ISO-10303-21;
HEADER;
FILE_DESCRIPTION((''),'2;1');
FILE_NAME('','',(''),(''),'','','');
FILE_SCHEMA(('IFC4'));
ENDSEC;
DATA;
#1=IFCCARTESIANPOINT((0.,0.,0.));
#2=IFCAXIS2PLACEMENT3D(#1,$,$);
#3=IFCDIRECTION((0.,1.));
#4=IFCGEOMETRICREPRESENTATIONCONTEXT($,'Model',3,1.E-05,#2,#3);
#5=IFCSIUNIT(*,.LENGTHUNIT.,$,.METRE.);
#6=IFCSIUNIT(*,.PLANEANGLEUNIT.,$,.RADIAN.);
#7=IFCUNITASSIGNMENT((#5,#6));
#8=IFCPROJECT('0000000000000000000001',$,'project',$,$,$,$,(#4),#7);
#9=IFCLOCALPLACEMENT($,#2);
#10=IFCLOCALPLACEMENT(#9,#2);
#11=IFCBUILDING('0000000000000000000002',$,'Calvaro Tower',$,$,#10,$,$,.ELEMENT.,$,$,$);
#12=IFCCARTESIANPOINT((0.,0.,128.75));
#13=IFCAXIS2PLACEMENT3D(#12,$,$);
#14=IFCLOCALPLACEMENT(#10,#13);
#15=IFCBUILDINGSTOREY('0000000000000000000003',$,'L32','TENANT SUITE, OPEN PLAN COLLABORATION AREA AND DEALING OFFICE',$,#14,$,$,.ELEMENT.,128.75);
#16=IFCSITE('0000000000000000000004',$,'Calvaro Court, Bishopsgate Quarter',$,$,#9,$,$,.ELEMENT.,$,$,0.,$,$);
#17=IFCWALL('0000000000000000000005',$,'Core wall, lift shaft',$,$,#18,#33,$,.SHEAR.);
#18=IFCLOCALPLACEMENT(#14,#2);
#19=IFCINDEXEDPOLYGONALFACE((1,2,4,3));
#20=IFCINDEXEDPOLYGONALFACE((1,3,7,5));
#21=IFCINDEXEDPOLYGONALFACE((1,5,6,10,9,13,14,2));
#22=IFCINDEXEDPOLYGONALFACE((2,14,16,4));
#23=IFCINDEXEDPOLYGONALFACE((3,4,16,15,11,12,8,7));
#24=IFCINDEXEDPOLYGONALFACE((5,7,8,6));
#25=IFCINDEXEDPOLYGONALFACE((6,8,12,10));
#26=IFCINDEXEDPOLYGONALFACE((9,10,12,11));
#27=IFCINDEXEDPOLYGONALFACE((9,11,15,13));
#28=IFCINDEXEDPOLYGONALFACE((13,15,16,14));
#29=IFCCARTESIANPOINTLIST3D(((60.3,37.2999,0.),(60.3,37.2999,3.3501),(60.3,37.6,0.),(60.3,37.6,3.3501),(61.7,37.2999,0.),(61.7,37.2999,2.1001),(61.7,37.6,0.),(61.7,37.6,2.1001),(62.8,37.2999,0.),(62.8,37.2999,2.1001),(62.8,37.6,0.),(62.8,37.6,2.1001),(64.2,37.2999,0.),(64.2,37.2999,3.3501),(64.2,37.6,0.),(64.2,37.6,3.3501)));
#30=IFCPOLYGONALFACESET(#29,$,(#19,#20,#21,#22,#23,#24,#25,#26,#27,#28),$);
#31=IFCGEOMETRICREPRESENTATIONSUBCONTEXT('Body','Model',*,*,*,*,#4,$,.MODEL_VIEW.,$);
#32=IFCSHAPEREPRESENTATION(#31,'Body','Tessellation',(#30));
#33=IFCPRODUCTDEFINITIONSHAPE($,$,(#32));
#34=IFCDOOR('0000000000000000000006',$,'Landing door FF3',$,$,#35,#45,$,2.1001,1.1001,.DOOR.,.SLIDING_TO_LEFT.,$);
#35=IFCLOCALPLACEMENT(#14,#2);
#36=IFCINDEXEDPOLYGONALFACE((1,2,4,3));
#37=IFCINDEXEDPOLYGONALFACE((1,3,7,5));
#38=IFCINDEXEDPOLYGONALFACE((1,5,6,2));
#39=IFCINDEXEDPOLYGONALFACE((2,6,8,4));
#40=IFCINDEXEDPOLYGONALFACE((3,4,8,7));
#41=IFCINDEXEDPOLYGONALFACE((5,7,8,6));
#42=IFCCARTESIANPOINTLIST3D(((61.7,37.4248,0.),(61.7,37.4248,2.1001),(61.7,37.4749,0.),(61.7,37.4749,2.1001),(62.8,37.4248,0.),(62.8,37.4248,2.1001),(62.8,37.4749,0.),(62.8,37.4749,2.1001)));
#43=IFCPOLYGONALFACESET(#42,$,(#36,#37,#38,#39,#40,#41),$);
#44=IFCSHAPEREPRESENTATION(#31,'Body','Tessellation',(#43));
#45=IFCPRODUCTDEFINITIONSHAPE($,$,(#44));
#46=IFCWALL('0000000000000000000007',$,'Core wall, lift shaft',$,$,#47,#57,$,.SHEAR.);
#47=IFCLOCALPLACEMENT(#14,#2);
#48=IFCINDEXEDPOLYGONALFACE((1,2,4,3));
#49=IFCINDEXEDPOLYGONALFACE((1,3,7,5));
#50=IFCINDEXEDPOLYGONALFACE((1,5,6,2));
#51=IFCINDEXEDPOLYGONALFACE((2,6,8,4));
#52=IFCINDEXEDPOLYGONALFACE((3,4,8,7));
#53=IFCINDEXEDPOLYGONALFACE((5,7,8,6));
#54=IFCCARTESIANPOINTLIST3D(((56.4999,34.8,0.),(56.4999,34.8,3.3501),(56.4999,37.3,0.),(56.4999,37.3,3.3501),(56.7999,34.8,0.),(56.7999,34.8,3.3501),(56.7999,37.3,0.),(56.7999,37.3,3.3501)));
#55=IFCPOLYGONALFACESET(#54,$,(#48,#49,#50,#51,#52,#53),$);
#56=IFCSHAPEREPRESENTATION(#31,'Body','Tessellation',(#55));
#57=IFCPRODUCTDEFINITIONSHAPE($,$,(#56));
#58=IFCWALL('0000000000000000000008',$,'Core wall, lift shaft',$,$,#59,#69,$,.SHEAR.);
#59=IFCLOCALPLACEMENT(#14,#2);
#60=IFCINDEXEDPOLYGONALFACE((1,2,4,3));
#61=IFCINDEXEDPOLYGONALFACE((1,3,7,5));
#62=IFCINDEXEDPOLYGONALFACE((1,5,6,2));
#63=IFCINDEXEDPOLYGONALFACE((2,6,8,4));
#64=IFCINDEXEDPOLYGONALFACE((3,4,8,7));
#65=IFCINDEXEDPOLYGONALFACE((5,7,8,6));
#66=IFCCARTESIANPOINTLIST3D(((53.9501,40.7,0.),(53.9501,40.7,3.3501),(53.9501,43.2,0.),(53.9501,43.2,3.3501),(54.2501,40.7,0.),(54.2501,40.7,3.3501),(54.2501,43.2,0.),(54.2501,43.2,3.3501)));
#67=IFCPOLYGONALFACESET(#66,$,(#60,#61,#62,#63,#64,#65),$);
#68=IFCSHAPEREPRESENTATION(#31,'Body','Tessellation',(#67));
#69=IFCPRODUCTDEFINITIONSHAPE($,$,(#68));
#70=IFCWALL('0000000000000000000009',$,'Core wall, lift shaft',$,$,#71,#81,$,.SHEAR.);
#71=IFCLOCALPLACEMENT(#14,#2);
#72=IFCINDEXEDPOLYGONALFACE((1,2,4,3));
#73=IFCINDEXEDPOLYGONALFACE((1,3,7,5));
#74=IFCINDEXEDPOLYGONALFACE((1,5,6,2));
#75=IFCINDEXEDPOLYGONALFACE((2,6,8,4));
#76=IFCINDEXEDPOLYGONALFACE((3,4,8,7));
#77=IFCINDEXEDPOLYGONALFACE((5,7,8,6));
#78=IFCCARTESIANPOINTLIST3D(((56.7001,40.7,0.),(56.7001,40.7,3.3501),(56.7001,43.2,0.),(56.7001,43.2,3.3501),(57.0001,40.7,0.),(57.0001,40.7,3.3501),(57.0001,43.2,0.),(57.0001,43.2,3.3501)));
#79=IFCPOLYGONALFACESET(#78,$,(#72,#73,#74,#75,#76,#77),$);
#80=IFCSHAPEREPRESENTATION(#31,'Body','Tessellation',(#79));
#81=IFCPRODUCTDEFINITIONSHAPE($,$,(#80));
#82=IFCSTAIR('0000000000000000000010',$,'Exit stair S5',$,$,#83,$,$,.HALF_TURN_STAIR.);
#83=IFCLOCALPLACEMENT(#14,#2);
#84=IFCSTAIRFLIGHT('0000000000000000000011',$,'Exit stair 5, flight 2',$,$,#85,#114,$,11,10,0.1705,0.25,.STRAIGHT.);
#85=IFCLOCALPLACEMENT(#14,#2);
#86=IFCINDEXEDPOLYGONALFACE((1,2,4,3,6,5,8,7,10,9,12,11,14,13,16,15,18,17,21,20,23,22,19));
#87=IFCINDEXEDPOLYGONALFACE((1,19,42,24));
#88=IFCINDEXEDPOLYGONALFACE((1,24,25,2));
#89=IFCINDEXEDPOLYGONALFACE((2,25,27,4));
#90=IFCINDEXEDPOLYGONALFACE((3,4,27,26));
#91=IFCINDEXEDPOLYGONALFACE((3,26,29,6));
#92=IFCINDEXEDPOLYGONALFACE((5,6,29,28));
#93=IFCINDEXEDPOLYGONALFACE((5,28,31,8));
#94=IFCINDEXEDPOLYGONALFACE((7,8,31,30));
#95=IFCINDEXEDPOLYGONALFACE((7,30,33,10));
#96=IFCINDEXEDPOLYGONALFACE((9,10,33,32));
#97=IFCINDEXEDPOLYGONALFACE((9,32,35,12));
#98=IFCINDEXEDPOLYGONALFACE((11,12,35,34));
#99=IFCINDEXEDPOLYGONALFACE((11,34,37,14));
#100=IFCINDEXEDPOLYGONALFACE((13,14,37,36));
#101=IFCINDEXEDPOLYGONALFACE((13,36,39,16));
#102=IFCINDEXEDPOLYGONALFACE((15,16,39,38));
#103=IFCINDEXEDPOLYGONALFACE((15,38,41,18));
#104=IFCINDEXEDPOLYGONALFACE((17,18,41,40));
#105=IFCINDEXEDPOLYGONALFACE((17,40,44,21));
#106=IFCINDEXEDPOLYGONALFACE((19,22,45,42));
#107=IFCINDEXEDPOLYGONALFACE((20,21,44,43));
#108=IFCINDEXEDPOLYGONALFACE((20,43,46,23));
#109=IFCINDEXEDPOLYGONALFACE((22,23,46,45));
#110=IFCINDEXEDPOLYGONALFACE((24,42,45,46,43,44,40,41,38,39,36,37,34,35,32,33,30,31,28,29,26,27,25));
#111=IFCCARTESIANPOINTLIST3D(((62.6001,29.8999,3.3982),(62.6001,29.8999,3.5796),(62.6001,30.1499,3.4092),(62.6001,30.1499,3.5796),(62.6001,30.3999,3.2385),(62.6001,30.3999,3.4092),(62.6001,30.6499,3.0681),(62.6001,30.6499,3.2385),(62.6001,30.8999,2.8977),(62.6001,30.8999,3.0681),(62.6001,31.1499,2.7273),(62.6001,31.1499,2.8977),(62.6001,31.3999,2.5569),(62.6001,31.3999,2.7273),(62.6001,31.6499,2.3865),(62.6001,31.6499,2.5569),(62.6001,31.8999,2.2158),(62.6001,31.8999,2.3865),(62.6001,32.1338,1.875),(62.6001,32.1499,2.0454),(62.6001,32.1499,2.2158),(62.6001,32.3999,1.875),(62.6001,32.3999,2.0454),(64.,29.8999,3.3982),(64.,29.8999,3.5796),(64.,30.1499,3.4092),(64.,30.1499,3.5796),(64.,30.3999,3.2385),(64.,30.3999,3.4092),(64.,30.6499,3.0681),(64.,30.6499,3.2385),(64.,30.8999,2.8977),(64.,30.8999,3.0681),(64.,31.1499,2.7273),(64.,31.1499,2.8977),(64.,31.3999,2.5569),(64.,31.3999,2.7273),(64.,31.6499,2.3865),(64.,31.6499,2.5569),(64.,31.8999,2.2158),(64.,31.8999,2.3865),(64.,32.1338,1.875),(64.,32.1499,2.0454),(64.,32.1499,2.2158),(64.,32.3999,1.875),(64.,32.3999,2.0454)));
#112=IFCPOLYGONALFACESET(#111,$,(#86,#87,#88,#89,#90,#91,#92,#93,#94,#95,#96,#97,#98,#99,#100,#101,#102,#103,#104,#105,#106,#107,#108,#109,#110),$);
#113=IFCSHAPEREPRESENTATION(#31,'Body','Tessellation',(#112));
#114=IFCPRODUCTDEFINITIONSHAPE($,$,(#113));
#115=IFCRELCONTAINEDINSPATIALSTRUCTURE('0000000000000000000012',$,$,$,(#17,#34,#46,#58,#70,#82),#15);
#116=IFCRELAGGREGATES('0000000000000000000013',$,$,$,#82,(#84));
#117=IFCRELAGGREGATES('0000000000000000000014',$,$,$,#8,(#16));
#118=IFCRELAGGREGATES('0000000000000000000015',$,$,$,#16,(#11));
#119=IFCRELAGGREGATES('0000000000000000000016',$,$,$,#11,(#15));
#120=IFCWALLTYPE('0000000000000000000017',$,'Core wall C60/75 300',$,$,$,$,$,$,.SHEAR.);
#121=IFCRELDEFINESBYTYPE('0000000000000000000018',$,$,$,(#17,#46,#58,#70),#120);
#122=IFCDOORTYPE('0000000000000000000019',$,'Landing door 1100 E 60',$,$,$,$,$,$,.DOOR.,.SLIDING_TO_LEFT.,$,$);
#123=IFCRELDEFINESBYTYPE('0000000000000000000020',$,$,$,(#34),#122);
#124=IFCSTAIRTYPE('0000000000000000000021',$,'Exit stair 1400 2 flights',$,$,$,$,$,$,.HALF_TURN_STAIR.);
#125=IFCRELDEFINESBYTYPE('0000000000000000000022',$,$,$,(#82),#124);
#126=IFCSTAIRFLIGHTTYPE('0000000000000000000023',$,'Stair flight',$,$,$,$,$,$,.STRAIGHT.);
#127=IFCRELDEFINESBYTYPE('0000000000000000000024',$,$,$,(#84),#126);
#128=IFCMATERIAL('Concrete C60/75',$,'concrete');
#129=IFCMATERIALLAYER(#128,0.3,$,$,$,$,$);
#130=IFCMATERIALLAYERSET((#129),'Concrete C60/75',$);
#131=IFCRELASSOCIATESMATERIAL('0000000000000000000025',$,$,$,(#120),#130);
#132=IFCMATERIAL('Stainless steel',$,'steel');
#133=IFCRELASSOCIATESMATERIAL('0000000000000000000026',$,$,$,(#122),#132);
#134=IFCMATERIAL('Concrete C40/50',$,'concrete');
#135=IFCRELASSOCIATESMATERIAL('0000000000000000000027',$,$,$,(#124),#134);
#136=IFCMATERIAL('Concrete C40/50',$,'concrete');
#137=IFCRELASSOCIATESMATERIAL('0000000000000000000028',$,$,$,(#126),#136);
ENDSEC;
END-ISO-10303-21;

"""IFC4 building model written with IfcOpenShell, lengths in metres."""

from ifc_helpers import new_model, si_unit, direction, frame, frame_2d, origin, place, context, subcontext, project, spatial, polyline, rectangle, outline, extrude, material, layer, layer_set, type_object, element, fill, aggregate, save


model = new_model("IFC4")

# Units and contexts
model_context = context("Model", 3, precision=1e-05, world=origin(), true_north=direction((0.0, 1.0)))
body_context = subcontext(model_context, "Body", "Model", "MODEL_VIEW")
ifc_project = project(units=[si_unit("LENGTHUNIT", "METRE"), si_unit("PLANEANGLEUNIT", "RADIAN")], contexts=[model_context])

# Site, building, storey
site_placement = place(None, origin())
site = spatial("IfcSite", under=ifc_project, at=site_placement, Name="Calvaro Court, Bishopsgate Quarter", CompositionType="ELEMENT", RefElevation=0.0)
building_placement = place(site_placement, origin())
building = spatial("IfcBuilding", under=site, at=building_placement, Name="Calvaro Tower", CompositionType="ELEMENT")
storey_placement = place(building_placement, frame((0.0, 0.0, 128.75)))
storey = spatial("IfcBuildingStorey", under=building, at=storey_placement, Name="L32", Description="TENANT SUITE, OPEN PLAN COLLABORATION AREA AND DEALING OFFICE", CompositionType="ELEMENT", Elevation=128.75)

# Shared definitions
ifc_material_1 = material(Name="Concrete C60/75", Category="concrete")
ifc_layer_1 = layer(ifc_material_1, 0.3)
ifc_layer_set_1 = layer_set([ifc_layer_1], Name="Concrete C60/75")
wall_type_1 = type_object("IfcWallType", Name="Core wall C60/75 300", PredefinedType="SHEAR", material=ifc_layer_set_1)

# Wall, opening, door
wall_1_placement = place(storey_placement, frame((60.3, 37.45, 0.0), z_axis=(0.0, 0.0, 1.0), x_axis=(1.0, 0.0, 0.0)))
wall_1 = element("IfcWall", 1, at=wall_1_placement, inside=storey, type_object=wall_type_1, Name="Core wall, lift shaft", PredefinedType="SHEAR", context=body_context, shape_type="SweptSolid", body=[
    extrude(rectangle(XDim=3.8999, YDim=0.3, at=frame_2d((1.95, 0.0))), origin(), (0.0, 0.0, 1.0), 3.3501),
])
opening_1_placement = place(wall_1_placement, frame((1.3999, 0.0, 0.0)))
opening_1 = element("IfcOpeningElement", 2, at=opening_1_placement, cuts=wall_1, PredefinedType="OPENING", context=body_context, shape_type="SweptSolid", body=[
    extrude(rectangle(XDim=1.1001, YDim=2.1001, at=frame_2d((0.55, 1.05))), frame((0.0, 0.1599, 0.0), z_axis=(0.0, -1.0, 0.0), x_axis=(1.0, 0.0, 0.0)), (0.0, 0.0, 1.0), 0.3201),
])
ifc_material_2 = material(Name="Stainless steel", Category="steel")
door_type_1 = type_object("IfcDoorType", Name="Landing door 1100 E 60", OperationType="SLIDING_TO_LEFT", PredefinedType="DOOR", material=ifc_material_2)
door_1_placement = place(opening_1_placement, origin())
door_1 = element("IfcDoor", 3, at=door_1_placement, inside=storey, type_object=door_type_1, Name="Landing door FF3", OperationType="SLIDING_TO_LEFT", OverallHeight=2.1001, OverallWidth=1.1001, PredefinedType="DOOR", context=body_context, shape_type="SweptSolid", body=[
    extrude(rectangle(XDim=1.1001, YDim=2.1001, at=frame_2d((0.55, 1.05))), frame((0.0, 0.0249, 0.0), z_axis=(0.0, -1.0, 0.0), x_axis=(1.0, 0.0, 0.0)), (0.0, 0.0, 1.0), 0.05),
])
fill(opening_1, door_1)

# Walls
for number, where, z_axis, x_axis, name in (
    (4, (56.6499, 34.8, 0.0), (0.0, 0.0, 1.0), (0.0, 1.0, 0.0), "Core wall, lift shaft"),
    (5, (54.1001, 40.7, 0.0), (0.0, 0.0, 1.0), (0.0, 1.0, 0.0), "Core wall, lift shaft"),
    (6, (56.8501, 40.7, 0.0), (0.0, 0.0, 1.0), (0.0, 1.0, 0.0), "Core wall, lift shaft"),
):
    element("IfcWall", number, at=place(storey_placement, frame(where, z_axis=z_axis, x_axis=x_axis)), inside=storey, type_object=wall_type_1, Name=name, PredefinedType="SHEAR", context=body_context, shape_type="SweptSolid", body=[
        extrude(rectangle(XDim=2.5, YDim=0.3, at=frame_2d((1.25, 0.0))), origin(), (0.0, 0.0, 1.0), 3.3501),
    ])

# Stair, stair flight
ifc_material_3 = material(Name="Concrete C40/50", Category="concrete")
stair_type = type_object("IfcStairType", Name="Exit stair 1400 2 flights", PredefinedType="HALF_TURN_STAIR", material=ifc_material_3)
stair_placement = place(storey_placement, origin())
stair = element("IfcStair", 7, at=stair_placement, inside=storey, type_object=stair_type, Name="Exit stair S5", PredefinedType="HALF_TURN_STAIR")
ifc_material_4 = material(Name="Concrete C40/50", Category="concrete")
stair_flight_type = type_object("IfcStairFlightType", Name="Stair flight", PredefinedType="STRAIGHT", material=ifc_material_4)
stair_flight_placement = place(storey_placement, frame((63.3, 32.3999, 1.875), z_axis=(0.0, 0.0, 1.0), x_axis=(0.0, -1.0, 0.0)))
stair_flight = element("IfcStairFlight", 8, at=stair_flight_placement, type_object=stair_flight_type, Name="Exit stair 5, flight 2", NumberOfRisers=11, NumberOfTreads=10, PredefinedType="STRAIGHT", RiserHeight=0.1705, TreadLength=0.25, context=body_context, shape_type="SweptSolid", body=[
    extrude(outline(polyline([(0.0, 0.0), (0.0, 0.1704), (0.25, 0.1704), (0.25, 0.3408), (0.5, 0.3408), (0.5, 0.5115), (0.75, 0.5115), (0.75, 0.6819), (1.0, 0.6819), (1.0, 0.8523), (1.25, 0.8523), (1.25, 1.0227), (1.5, 1.0227), (1.5, 1.1931), (1.75, 1.1931), (1.75, 1.3635), (2.0, 1.3635), (2.0, 1.5342), (2.25, 1.5342), (2.25, 1.7046), (2.5, 1.7046), (2.5, 1.875), (2.5, 1.5232), (0.2661, 0.0), (0.0, 0.0)])), frame((0.0, 0.7, 0.0), z_axis=(0.0, -1.0, 0.0), x_axis=(1.0, 0.0, 0.0)), (0.0, 0.0, 1.0), 1.3999),
])
aggregate(stair, [stair_flight])

save(model, "model.ifc")
